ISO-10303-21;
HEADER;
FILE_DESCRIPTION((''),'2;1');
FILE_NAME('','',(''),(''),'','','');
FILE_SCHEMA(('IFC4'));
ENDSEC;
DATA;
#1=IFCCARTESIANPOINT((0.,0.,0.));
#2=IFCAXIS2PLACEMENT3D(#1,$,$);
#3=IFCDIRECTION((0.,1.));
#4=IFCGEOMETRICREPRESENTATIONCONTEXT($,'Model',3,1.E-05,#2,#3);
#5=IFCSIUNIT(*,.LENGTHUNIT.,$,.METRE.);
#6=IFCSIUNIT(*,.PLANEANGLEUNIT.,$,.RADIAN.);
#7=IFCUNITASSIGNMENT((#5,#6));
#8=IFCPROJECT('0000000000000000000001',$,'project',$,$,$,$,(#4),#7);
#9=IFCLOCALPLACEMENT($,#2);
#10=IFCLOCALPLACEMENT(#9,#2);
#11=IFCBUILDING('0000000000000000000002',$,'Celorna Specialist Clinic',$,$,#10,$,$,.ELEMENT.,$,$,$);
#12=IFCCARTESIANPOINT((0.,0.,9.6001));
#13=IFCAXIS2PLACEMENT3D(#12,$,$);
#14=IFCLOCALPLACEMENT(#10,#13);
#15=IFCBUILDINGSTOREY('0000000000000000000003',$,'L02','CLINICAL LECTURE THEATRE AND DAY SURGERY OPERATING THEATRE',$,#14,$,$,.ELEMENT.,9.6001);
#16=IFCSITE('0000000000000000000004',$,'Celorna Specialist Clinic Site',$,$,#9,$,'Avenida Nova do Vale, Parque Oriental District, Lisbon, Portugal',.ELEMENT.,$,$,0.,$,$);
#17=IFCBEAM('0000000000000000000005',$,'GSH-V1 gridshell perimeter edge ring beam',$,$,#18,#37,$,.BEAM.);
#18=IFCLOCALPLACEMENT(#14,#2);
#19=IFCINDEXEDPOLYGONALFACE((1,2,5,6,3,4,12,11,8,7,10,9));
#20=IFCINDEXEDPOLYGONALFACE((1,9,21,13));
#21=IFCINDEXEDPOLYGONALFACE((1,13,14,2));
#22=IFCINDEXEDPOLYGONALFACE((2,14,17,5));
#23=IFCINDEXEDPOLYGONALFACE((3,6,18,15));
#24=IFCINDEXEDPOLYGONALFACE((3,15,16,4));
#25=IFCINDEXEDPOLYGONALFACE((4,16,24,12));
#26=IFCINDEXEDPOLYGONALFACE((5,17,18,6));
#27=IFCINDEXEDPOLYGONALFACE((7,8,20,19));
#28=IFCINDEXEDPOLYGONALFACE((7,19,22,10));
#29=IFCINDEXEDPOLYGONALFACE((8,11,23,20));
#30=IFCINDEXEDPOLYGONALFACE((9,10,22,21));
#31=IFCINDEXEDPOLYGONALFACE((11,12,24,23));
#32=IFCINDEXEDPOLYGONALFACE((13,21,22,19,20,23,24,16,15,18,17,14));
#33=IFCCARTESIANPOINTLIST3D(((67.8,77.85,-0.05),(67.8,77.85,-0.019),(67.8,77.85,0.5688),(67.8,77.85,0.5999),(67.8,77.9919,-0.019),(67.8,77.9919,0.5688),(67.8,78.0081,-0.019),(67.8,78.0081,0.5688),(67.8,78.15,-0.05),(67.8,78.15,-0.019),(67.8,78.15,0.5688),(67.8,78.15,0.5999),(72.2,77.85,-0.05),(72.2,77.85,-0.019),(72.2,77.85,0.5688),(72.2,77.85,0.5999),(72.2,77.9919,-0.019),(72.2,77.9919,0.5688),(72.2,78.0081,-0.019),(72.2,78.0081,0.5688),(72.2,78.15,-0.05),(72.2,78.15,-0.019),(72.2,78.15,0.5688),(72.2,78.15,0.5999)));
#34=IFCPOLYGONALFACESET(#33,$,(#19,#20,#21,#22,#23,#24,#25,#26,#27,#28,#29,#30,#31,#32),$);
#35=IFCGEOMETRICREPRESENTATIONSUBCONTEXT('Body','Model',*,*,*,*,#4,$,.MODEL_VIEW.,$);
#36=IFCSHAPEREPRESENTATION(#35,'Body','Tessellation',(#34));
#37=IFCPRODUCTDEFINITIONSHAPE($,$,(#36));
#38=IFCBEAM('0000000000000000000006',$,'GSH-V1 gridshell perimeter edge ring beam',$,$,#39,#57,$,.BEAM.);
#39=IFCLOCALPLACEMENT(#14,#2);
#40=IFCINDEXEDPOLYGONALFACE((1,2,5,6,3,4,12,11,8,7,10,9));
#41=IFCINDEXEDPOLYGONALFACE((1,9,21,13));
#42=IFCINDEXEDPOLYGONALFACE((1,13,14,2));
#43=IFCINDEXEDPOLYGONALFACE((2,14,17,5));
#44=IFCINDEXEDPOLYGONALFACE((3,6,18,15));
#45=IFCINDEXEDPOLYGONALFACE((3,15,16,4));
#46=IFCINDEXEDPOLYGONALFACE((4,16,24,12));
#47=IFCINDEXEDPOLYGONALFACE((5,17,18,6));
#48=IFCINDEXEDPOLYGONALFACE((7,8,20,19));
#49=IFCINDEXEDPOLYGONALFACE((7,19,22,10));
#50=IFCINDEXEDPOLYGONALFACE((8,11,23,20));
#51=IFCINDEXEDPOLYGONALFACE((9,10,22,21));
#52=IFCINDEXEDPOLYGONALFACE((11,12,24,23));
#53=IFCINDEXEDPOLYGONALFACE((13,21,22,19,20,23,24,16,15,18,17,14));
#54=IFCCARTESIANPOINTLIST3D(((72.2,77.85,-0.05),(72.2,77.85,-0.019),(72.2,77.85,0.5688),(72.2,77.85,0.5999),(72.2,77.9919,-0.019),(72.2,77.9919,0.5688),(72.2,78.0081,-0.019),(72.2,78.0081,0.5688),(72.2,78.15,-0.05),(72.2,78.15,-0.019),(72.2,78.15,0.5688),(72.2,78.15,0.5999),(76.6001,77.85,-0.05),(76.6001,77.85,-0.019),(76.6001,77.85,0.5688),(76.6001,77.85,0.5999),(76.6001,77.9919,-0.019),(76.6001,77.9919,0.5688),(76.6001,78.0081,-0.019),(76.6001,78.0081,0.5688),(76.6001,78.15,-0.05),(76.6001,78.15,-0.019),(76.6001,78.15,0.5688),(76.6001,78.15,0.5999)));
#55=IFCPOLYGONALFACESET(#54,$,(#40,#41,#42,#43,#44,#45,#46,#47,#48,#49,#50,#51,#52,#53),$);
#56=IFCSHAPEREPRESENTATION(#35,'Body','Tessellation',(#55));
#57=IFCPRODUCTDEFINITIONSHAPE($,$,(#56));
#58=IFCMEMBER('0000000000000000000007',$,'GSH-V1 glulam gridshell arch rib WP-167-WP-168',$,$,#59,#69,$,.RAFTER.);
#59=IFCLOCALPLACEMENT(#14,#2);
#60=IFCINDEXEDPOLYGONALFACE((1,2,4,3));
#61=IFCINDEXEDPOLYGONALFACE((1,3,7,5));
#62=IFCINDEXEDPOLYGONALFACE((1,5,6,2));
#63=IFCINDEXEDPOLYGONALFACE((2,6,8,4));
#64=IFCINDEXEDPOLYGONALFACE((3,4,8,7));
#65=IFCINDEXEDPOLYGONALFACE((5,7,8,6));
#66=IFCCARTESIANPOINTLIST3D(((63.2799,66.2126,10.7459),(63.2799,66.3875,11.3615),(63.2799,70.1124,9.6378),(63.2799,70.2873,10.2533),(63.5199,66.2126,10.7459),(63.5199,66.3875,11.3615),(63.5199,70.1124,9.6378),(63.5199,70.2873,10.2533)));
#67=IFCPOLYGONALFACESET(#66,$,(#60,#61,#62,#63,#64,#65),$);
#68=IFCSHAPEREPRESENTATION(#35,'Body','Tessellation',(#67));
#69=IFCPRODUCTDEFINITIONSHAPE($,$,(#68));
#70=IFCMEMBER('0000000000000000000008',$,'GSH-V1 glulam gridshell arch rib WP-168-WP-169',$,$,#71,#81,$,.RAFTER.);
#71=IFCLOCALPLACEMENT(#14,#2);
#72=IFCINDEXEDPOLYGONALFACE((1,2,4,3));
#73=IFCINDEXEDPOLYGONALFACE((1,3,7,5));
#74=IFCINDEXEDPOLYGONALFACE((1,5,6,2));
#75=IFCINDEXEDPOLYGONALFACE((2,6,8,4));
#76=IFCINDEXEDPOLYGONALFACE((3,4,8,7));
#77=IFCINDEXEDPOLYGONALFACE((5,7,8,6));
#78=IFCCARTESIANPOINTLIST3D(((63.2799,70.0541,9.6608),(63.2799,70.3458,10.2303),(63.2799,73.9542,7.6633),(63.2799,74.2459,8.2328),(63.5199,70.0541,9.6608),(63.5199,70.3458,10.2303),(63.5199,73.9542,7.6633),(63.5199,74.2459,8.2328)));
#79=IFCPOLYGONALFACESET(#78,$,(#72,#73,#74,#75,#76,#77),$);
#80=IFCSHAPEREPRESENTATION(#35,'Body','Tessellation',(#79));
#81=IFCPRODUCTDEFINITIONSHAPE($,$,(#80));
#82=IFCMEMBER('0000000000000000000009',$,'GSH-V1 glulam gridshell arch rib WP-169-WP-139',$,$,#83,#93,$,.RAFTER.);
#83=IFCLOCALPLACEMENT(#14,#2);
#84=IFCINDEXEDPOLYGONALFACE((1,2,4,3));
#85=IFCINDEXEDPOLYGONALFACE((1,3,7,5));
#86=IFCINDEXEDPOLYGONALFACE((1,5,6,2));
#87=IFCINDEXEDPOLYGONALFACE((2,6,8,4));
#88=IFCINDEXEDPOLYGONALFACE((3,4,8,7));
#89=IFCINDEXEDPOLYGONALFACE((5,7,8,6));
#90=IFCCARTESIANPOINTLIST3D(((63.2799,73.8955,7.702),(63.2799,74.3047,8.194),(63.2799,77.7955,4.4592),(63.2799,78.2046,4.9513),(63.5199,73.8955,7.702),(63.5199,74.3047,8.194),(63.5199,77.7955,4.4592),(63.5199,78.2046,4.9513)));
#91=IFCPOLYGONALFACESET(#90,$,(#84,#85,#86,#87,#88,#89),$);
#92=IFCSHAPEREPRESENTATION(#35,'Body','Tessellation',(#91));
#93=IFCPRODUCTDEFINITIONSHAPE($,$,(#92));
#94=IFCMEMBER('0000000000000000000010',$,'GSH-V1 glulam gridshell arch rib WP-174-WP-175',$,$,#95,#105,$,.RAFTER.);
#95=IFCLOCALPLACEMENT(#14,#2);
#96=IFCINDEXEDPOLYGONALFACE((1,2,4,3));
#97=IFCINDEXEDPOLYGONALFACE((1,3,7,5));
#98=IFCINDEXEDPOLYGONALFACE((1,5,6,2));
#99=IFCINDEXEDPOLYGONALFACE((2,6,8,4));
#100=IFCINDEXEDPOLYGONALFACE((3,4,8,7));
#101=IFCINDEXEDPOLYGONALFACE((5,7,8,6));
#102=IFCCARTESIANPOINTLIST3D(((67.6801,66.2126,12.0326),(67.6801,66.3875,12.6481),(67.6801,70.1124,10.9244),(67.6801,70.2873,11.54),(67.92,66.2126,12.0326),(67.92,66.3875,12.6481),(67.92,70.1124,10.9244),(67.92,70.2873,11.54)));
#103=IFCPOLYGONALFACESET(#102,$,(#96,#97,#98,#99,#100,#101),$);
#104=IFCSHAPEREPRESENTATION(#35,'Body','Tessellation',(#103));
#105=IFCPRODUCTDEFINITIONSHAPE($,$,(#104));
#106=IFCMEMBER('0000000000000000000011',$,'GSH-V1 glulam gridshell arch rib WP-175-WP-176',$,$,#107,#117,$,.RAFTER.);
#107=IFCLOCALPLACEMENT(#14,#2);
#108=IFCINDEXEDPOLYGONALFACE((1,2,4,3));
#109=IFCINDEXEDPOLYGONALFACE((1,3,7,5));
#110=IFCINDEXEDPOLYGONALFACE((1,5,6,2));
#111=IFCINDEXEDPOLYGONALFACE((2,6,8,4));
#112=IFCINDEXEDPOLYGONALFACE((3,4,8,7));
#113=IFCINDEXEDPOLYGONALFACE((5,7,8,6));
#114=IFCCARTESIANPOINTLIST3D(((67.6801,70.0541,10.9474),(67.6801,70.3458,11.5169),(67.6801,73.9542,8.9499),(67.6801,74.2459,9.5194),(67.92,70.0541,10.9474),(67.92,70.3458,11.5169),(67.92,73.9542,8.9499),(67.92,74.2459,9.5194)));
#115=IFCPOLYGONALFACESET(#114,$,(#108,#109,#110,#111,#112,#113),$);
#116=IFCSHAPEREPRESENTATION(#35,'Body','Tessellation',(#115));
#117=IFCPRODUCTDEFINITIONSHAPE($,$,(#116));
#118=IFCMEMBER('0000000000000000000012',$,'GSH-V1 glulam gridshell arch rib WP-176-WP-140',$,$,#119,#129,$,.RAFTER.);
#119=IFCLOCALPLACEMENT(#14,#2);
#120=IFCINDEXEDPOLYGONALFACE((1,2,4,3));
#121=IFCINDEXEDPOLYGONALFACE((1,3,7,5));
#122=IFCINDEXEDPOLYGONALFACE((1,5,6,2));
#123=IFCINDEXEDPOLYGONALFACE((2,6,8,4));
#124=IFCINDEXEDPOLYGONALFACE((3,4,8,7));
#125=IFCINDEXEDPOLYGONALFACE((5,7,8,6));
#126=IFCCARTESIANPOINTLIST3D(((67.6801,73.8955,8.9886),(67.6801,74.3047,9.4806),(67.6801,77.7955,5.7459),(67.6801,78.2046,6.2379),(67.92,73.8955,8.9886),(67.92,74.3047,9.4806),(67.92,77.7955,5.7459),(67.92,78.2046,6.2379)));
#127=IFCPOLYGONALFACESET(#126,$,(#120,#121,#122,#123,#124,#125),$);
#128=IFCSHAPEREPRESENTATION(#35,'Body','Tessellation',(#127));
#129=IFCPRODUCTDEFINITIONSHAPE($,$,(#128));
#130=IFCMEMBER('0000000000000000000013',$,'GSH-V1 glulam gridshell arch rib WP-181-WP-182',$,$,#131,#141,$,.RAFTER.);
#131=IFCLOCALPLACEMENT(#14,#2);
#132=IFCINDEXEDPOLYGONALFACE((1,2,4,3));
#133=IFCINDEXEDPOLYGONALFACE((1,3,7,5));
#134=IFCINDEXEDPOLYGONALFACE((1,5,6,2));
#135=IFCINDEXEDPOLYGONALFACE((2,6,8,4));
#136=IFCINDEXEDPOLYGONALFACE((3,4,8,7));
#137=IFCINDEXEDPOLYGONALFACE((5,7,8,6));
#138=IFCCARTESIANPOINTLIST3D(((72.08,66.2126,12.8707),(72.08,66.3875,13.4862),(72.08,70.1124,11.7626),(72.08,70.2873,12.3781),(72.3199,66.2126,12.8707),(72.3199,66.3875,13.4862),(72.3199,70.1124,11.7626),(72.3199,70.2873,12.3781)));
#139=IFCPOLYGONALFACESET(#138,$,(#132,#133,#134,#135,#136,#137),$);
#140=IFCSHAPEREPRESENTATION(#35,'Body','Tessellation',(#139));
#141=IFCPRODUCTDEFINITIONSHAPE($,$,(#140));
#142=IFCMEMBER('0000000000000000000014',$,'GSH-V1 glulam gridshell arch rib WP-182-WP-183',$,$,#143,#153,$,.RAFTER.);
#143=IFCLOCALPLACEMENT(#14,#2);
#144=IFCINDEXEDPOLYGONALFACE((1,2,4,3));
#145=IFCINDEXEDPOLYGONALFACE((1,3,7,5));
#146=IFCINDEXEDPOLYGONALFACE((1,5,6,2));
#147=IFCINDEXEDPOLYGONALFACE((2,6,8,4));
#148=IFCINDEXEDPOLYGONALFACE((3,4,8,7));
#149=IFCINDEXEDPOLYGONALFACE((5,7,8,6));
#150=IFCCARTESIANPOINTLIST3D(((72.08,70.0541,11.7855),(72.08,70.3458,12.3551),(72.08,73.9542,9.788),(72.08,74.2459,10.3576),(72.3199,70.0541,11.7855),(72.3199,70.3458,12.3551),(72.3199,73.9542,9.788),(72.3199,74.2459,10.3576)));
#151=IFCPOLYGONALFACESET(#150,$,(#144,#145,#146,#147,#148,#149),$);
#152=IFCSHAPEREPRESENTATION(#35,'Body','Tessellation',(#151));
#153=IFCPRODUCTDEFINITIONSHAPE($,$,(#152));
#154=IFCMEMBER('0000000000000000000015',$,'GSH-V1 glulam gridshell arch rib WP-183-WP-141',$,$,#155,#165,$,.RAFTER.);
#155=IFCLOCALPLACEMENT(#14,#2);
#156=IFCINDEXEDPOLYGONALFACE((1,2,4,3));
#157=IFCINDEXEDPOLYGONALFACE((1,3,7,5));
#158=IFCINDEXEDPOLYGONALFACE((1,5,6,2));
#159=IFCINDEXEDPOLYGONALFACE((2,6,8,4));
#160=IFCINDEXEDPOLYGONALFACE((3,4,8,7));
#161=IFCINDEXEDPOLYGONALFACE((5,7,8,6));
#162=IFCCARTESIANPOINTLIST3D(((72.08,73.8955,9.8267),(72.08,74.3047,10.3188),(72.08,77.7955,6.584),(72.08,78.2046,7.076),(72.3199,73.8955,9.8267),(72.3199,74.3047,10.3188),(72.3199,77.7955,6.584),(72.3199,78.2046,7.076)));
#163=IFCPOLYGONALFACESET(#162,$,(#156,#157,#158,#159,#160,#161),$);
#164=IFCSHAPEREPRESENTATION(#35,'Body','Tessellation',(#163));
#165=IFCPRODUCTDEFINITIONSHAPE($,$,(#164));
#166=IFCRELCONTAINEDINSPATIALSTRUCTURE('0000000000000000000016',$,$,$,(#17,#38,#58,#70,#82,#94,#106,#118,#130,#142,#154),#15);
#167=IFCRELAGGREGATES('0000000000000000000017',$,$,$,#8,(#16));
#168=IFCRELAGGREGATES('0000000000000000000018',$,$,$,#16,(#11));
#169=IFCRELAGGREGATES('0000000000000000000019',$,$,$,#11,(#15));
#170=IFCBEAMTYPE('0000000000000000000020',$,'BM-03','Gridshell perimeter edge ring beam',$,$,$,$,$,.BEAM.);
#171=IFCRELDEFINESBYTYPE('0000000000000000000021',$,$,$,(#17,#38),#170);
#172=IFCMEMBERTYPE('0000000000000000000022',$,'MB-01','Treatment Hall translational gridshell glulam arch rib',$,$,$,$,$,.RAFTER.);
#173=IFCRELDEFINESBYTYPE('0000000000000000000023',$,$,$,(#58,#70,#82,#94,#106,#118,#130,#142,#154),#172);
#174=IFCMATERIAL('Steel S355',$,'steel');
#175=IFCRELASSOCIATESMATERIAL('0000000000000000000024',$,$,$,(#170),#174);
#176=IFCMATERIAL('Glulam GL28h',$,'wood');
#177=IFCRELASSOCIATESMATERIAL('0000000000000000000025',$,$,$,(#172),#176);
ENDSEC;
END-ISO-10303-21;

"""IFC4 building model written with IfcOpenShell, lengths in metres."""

from ifc_helpers import new_model, si_unit, direction, frame, origin, origin_2d, place, context, subcontext, project, spatial, rectangle, i_section, extrude, material, material_profile, profile_set, type_object, element, save


model = new_model("IFC4")

# Units and contexts
model_context = context("Model", 3, precision=1e-05, world=origin(), true_north=direction((0.0, 1.0)))
body_context = subcontext(model_context, "Body", "Model", "MODEL_VIEW")
ifc_project = project(units=[si_unit("LENGTHUNIT", "METRE"), si_unit("PLANEANGLEUNIT", "RADIAN")], contexts=[model_context])

# Site, building, storey
site_placement = place(None, origin())
site = spatial("IfcSite", under=ifc_project, at=site_placement, Name="Celorna Specialist Clinic Site", LongName="Avenida Nova do Vale, Parque Oriental District, Lisbon, Portugal", CompositionType="ELEMENT", RefElevation=0.0)
building_placement = place(site_placement, origin())
building = spatial("IfcBuilding", under=site, at=building_placement, Name="Celorna Specialist Clinic", CompositionType="ELEMENT")
storey_placement = place(building_placement, frame((0.0, 0.0, 9.6001)))
storey = spatial("IfcBuildingStorey", under=building, at=storey_placement, Name="L02", Description="CLINICAL LECTURE THEATRE AND DAY SURGERY OPERATING THEATRE", CompositionType="ELEMENT", Elevation=9.6001)

# Shared definitions
ifc_material_1 = material(Name="Steel S355", Category="steel")

# Beams
ifc_material_profile_1 = material_profile(ifc_material_1, i_section(OverallWidth=0.3, OverallDepth=0.6499, WebThickness=0.0161, FlangeThickness=0.031, at=origin_2d()), Name="HE 650 B")
ifc_profile_set_1 = profile_set([ifc_material_profile_1], Name="Steel S355")
beam_type = type_object("IfcBeamType", Name="BM-03", Description="Gridshell perimeter edge ring beam", PredefinedType="BEAM", material=ifc_profile_set_1)
beam_1_placement = place(storey_placement, frame((67.8, 78.0, 0.2749), z_axis=(1.0, 0.0, 0.0), x_axis=(0.0, 1.0, 0.0)))
element("IfcBeam", 1, at=beam_1_placement, inside=storey, type_object=beam_type, Name="GSH-V1 gridshell perimeter edge ring beam", PredefinedType="BEAM", context=body_context, shape_type="SweptSolid", body=[
    extrude(i_section(OverallWidth=0.3, OverallDepth=0.6499, WebThickness=0.0161, FlangeThickness=0.031, at=origin_2d()), origin(), (0.0, 0.0, 1.0), 4.3999),
])
beam_2_placement = place(storey_placement, frame((72.2, 78.0, 0.2749), z_axis=(1.0, 0.0, 0.0), x_axis=(0.0, 1.0, 0.0)))
element("IfcBeam", 2, at=beam_2_placement, inside=storey, type_object=beam_type, Name="GSH-V1 gridshell perimeter edge ring beam", PredefinedType="BEAM", context=body_context, shape_type="SweptSolid", body=[
    extrude(i_section(OverallWidth=0.3, OverallDepth=0.6499, WebThickness=0.0161, FlangeThickness=0.031, at=origin_2d()), origin(), (0.0, 0.0, 1.0), 4.4001),
])

# Members
ifc_material_2 = material(Name="Glulam GL28h", Category="wood")
ifc_material_profile_2 = material_profile(ifc_material_2, rectangle(XDim=0.24, YDim=0.6399, at=origin_2d()), Name="GL28h 240x640")
ifc_profile_set_2 = profile_set([ifc_material_profile_2], Name="Glulam GL28h")
member_type_1 = type_object("IfcMemberType", Name="MB-01", Description="Treatment Hall translational gridshell glulam arch rib", PredefinedType="RAFTER", material=ifc_profile_set_2)
member_1_placement = place(storey_placement, frame((63.3999, 66.3, 11.0537), z_axis=(0.0, 0.961921, -0.273329), x_axis=(-1.0, 0.0, 0.0)))
element("IfcMember", 3, at=member_1_placement, inside=storey, type_object=member_type_1, Name="GSH-V1 glulam gridshell arch rib WP-167-WP-168", PredefinedType="RAFTER", context=body_context, shape_type="SweptSolid", body=[
    extrude(rectangle(XDim=0.24, YDim=0.6399, at=origin_2d()), origin(), (0.0, 0.0, 1.0), 4.0542),
])
member_2_placement = place(storey_placement, frame((63.3999, 70.2, 9.9456), z_axis=(0.0, 0.890051, -0.455862), x_axis=(-1.0, 0.0, 0.0)))
element("IfcMember", 4, at=member_2_placement, inside=storey, type_object=member_type_1, Name="GSH-V1 glulam gridshell arch rib WP-168-WP-169", PredefinedType="RAFTER", context=body_context, shape_type="SweptSolid", body=[
    extrude(rectangle(XDim=0.24, YDim=0.6399, at=origin_2d()), origin(), (0.0, 0.0, 1.0), 4.3818),
])
member_3_placement = place(storey_placement, frame((63.3999, 74.1001, 7.948), z_axis=(0.0, 0.768923, -0.639341), x_axis=(-1.0, 0.0, 0.0)))
element("IfcMember", 5, at=member_3_placement, inside=storey, type_object=member_type_1, Name="GSH-V1 glulam gridshell arch rib WP-169-WP-139", PredefinedType="RAFTER", context=body_context, shape_type="SweptSolid", body=[
    extrude(rectangle(XDim=0.24, YDim=0.6399, at=origin_2d()), origin(), (0.0, 0.0, 1.0), 5.072),
])
member_4_placement = place(storey_placement, frame((67.8, 66.3, 12.3403), z_axis=(0.0, 0.961921, -0.273329), x_axis=(-1.0, 0.0, 0.0)))
element("IfcMember", 6, at=member_4_placement, inside=storey, type_object=member_type_1, Name="GSH-V1 glulam gridshell arch rib WP-174-WP-175", PredefinedType="RAFTER", context=body_context, shape_type="SweptSolid", body=[
    extrude(rectangle(XDim=0.24, YDim=0.6399, at=origin_2d()), origin(), (0.0, 0.0, 1.0), 4.0542),
])
member_5_placement = place(storey_placement, frame((67.8, 70.2, 11.2322), z_axis=(0.0, 0.890051, -0.455862), x_axis=(-1.0, 0.0, 0.0)))
element("IfcMember", 7, at=member_5_placement, inside=storey, type_object=member_type_1, Name="GSH-V1 glulam gridshell arch rib WP-175-WP-176", PredefinedType="RAFTER", context=body_context, shape_type="SweptSolid", body=[
    extrude(rectangle(XDim=0.24, YDim=0.6399, at=origin_2d()), origin(), (0.0, 0.0, 1.0), 4.3818),
])
member_6_placement = place(storey_placement, frame((67.8, 74.1001, 9.2346), z_axis=(0.0, 0.768923, -0.639341), x_axis=(-1.0, 0.0, 0.0)))
element("IfcMember", 8, at=member_6_placement, inside=storey, type_object=member_type_1, Name="GSH-V1 glulam gridshell arch rib WP-176-WP-140", PredefinedType="RAFTER", context=body_context, shape_type="SweptSolid", body=[
    extrude(rectangle(XDim=0.24, YDim=0.6399, at=origin_2d()), origin(), (0.0, 0.0, 1.0), 5.072),
])
member_7_placement = place(storey_placement, frame((72.2, 66.3, 13.1785), z_axis=(0.0, 0.961921, -0.273329), x_axis=(-1.0, 0.0, 0.0)))
element("IfcMember", 9, at=member_7_placement, inside=storey, type_object=member_type_1, Name="GSH-V1 glulam gridshell arch rib WP-181-WP-182", PredefinedType="RAFTER", context=body_context, shape_type="SweptSolid", body=[
    extrude(rectangle(XDim=0.24, YDim=0.6399, at=origin_2d()), origin(), (0.0, 0.0, 1.0), 4.0542),
])
member_8_placement = place(storey_placement, frame((72.2, 70.2, 12.0703), z_axis=(0.0, 0.890051, -0.455862), x_axis=(-1.0, 0.0, 0.0)))
element("IfcMember", 10, at=member_8_placement, inside=storey, type_object=member_type_1, Name="GSH-V1 glulam gridshell arch rib WP-182-WP-183", PredefinedType="RAFTER", context=body_context, shape_type="SweptSolid", body=[
    extrude(rectangle(XDim=0.24, YDim=0.6399, at=origin_2d()), origin(), (0.0, 0.0, 1.0), 4.3818),
])
member_9_placement = place(storey_placement, frame((72.2, 74.1001, 10.0728), z_axis=(0.0, 0.768923, -0.639341), x_axis=(-1.0, 0.0, 0.0)))
element("IfcMember", 11, at=member_9_placement, inside=storey, type_object=member_type_1, Name="GSH-V1 glulam gridshell arch rib WP-183-WP-141", PredefinedType="RAFTER", context=body_context, shape_type="SweptSolid", body=[
    extrude(rectangle(XDim=0.24, YDim=0.6399, at=origin_2d()), origin(), (0.0, 0.0, 1.0), 5.072),
])

save(model, "model.ifc")
